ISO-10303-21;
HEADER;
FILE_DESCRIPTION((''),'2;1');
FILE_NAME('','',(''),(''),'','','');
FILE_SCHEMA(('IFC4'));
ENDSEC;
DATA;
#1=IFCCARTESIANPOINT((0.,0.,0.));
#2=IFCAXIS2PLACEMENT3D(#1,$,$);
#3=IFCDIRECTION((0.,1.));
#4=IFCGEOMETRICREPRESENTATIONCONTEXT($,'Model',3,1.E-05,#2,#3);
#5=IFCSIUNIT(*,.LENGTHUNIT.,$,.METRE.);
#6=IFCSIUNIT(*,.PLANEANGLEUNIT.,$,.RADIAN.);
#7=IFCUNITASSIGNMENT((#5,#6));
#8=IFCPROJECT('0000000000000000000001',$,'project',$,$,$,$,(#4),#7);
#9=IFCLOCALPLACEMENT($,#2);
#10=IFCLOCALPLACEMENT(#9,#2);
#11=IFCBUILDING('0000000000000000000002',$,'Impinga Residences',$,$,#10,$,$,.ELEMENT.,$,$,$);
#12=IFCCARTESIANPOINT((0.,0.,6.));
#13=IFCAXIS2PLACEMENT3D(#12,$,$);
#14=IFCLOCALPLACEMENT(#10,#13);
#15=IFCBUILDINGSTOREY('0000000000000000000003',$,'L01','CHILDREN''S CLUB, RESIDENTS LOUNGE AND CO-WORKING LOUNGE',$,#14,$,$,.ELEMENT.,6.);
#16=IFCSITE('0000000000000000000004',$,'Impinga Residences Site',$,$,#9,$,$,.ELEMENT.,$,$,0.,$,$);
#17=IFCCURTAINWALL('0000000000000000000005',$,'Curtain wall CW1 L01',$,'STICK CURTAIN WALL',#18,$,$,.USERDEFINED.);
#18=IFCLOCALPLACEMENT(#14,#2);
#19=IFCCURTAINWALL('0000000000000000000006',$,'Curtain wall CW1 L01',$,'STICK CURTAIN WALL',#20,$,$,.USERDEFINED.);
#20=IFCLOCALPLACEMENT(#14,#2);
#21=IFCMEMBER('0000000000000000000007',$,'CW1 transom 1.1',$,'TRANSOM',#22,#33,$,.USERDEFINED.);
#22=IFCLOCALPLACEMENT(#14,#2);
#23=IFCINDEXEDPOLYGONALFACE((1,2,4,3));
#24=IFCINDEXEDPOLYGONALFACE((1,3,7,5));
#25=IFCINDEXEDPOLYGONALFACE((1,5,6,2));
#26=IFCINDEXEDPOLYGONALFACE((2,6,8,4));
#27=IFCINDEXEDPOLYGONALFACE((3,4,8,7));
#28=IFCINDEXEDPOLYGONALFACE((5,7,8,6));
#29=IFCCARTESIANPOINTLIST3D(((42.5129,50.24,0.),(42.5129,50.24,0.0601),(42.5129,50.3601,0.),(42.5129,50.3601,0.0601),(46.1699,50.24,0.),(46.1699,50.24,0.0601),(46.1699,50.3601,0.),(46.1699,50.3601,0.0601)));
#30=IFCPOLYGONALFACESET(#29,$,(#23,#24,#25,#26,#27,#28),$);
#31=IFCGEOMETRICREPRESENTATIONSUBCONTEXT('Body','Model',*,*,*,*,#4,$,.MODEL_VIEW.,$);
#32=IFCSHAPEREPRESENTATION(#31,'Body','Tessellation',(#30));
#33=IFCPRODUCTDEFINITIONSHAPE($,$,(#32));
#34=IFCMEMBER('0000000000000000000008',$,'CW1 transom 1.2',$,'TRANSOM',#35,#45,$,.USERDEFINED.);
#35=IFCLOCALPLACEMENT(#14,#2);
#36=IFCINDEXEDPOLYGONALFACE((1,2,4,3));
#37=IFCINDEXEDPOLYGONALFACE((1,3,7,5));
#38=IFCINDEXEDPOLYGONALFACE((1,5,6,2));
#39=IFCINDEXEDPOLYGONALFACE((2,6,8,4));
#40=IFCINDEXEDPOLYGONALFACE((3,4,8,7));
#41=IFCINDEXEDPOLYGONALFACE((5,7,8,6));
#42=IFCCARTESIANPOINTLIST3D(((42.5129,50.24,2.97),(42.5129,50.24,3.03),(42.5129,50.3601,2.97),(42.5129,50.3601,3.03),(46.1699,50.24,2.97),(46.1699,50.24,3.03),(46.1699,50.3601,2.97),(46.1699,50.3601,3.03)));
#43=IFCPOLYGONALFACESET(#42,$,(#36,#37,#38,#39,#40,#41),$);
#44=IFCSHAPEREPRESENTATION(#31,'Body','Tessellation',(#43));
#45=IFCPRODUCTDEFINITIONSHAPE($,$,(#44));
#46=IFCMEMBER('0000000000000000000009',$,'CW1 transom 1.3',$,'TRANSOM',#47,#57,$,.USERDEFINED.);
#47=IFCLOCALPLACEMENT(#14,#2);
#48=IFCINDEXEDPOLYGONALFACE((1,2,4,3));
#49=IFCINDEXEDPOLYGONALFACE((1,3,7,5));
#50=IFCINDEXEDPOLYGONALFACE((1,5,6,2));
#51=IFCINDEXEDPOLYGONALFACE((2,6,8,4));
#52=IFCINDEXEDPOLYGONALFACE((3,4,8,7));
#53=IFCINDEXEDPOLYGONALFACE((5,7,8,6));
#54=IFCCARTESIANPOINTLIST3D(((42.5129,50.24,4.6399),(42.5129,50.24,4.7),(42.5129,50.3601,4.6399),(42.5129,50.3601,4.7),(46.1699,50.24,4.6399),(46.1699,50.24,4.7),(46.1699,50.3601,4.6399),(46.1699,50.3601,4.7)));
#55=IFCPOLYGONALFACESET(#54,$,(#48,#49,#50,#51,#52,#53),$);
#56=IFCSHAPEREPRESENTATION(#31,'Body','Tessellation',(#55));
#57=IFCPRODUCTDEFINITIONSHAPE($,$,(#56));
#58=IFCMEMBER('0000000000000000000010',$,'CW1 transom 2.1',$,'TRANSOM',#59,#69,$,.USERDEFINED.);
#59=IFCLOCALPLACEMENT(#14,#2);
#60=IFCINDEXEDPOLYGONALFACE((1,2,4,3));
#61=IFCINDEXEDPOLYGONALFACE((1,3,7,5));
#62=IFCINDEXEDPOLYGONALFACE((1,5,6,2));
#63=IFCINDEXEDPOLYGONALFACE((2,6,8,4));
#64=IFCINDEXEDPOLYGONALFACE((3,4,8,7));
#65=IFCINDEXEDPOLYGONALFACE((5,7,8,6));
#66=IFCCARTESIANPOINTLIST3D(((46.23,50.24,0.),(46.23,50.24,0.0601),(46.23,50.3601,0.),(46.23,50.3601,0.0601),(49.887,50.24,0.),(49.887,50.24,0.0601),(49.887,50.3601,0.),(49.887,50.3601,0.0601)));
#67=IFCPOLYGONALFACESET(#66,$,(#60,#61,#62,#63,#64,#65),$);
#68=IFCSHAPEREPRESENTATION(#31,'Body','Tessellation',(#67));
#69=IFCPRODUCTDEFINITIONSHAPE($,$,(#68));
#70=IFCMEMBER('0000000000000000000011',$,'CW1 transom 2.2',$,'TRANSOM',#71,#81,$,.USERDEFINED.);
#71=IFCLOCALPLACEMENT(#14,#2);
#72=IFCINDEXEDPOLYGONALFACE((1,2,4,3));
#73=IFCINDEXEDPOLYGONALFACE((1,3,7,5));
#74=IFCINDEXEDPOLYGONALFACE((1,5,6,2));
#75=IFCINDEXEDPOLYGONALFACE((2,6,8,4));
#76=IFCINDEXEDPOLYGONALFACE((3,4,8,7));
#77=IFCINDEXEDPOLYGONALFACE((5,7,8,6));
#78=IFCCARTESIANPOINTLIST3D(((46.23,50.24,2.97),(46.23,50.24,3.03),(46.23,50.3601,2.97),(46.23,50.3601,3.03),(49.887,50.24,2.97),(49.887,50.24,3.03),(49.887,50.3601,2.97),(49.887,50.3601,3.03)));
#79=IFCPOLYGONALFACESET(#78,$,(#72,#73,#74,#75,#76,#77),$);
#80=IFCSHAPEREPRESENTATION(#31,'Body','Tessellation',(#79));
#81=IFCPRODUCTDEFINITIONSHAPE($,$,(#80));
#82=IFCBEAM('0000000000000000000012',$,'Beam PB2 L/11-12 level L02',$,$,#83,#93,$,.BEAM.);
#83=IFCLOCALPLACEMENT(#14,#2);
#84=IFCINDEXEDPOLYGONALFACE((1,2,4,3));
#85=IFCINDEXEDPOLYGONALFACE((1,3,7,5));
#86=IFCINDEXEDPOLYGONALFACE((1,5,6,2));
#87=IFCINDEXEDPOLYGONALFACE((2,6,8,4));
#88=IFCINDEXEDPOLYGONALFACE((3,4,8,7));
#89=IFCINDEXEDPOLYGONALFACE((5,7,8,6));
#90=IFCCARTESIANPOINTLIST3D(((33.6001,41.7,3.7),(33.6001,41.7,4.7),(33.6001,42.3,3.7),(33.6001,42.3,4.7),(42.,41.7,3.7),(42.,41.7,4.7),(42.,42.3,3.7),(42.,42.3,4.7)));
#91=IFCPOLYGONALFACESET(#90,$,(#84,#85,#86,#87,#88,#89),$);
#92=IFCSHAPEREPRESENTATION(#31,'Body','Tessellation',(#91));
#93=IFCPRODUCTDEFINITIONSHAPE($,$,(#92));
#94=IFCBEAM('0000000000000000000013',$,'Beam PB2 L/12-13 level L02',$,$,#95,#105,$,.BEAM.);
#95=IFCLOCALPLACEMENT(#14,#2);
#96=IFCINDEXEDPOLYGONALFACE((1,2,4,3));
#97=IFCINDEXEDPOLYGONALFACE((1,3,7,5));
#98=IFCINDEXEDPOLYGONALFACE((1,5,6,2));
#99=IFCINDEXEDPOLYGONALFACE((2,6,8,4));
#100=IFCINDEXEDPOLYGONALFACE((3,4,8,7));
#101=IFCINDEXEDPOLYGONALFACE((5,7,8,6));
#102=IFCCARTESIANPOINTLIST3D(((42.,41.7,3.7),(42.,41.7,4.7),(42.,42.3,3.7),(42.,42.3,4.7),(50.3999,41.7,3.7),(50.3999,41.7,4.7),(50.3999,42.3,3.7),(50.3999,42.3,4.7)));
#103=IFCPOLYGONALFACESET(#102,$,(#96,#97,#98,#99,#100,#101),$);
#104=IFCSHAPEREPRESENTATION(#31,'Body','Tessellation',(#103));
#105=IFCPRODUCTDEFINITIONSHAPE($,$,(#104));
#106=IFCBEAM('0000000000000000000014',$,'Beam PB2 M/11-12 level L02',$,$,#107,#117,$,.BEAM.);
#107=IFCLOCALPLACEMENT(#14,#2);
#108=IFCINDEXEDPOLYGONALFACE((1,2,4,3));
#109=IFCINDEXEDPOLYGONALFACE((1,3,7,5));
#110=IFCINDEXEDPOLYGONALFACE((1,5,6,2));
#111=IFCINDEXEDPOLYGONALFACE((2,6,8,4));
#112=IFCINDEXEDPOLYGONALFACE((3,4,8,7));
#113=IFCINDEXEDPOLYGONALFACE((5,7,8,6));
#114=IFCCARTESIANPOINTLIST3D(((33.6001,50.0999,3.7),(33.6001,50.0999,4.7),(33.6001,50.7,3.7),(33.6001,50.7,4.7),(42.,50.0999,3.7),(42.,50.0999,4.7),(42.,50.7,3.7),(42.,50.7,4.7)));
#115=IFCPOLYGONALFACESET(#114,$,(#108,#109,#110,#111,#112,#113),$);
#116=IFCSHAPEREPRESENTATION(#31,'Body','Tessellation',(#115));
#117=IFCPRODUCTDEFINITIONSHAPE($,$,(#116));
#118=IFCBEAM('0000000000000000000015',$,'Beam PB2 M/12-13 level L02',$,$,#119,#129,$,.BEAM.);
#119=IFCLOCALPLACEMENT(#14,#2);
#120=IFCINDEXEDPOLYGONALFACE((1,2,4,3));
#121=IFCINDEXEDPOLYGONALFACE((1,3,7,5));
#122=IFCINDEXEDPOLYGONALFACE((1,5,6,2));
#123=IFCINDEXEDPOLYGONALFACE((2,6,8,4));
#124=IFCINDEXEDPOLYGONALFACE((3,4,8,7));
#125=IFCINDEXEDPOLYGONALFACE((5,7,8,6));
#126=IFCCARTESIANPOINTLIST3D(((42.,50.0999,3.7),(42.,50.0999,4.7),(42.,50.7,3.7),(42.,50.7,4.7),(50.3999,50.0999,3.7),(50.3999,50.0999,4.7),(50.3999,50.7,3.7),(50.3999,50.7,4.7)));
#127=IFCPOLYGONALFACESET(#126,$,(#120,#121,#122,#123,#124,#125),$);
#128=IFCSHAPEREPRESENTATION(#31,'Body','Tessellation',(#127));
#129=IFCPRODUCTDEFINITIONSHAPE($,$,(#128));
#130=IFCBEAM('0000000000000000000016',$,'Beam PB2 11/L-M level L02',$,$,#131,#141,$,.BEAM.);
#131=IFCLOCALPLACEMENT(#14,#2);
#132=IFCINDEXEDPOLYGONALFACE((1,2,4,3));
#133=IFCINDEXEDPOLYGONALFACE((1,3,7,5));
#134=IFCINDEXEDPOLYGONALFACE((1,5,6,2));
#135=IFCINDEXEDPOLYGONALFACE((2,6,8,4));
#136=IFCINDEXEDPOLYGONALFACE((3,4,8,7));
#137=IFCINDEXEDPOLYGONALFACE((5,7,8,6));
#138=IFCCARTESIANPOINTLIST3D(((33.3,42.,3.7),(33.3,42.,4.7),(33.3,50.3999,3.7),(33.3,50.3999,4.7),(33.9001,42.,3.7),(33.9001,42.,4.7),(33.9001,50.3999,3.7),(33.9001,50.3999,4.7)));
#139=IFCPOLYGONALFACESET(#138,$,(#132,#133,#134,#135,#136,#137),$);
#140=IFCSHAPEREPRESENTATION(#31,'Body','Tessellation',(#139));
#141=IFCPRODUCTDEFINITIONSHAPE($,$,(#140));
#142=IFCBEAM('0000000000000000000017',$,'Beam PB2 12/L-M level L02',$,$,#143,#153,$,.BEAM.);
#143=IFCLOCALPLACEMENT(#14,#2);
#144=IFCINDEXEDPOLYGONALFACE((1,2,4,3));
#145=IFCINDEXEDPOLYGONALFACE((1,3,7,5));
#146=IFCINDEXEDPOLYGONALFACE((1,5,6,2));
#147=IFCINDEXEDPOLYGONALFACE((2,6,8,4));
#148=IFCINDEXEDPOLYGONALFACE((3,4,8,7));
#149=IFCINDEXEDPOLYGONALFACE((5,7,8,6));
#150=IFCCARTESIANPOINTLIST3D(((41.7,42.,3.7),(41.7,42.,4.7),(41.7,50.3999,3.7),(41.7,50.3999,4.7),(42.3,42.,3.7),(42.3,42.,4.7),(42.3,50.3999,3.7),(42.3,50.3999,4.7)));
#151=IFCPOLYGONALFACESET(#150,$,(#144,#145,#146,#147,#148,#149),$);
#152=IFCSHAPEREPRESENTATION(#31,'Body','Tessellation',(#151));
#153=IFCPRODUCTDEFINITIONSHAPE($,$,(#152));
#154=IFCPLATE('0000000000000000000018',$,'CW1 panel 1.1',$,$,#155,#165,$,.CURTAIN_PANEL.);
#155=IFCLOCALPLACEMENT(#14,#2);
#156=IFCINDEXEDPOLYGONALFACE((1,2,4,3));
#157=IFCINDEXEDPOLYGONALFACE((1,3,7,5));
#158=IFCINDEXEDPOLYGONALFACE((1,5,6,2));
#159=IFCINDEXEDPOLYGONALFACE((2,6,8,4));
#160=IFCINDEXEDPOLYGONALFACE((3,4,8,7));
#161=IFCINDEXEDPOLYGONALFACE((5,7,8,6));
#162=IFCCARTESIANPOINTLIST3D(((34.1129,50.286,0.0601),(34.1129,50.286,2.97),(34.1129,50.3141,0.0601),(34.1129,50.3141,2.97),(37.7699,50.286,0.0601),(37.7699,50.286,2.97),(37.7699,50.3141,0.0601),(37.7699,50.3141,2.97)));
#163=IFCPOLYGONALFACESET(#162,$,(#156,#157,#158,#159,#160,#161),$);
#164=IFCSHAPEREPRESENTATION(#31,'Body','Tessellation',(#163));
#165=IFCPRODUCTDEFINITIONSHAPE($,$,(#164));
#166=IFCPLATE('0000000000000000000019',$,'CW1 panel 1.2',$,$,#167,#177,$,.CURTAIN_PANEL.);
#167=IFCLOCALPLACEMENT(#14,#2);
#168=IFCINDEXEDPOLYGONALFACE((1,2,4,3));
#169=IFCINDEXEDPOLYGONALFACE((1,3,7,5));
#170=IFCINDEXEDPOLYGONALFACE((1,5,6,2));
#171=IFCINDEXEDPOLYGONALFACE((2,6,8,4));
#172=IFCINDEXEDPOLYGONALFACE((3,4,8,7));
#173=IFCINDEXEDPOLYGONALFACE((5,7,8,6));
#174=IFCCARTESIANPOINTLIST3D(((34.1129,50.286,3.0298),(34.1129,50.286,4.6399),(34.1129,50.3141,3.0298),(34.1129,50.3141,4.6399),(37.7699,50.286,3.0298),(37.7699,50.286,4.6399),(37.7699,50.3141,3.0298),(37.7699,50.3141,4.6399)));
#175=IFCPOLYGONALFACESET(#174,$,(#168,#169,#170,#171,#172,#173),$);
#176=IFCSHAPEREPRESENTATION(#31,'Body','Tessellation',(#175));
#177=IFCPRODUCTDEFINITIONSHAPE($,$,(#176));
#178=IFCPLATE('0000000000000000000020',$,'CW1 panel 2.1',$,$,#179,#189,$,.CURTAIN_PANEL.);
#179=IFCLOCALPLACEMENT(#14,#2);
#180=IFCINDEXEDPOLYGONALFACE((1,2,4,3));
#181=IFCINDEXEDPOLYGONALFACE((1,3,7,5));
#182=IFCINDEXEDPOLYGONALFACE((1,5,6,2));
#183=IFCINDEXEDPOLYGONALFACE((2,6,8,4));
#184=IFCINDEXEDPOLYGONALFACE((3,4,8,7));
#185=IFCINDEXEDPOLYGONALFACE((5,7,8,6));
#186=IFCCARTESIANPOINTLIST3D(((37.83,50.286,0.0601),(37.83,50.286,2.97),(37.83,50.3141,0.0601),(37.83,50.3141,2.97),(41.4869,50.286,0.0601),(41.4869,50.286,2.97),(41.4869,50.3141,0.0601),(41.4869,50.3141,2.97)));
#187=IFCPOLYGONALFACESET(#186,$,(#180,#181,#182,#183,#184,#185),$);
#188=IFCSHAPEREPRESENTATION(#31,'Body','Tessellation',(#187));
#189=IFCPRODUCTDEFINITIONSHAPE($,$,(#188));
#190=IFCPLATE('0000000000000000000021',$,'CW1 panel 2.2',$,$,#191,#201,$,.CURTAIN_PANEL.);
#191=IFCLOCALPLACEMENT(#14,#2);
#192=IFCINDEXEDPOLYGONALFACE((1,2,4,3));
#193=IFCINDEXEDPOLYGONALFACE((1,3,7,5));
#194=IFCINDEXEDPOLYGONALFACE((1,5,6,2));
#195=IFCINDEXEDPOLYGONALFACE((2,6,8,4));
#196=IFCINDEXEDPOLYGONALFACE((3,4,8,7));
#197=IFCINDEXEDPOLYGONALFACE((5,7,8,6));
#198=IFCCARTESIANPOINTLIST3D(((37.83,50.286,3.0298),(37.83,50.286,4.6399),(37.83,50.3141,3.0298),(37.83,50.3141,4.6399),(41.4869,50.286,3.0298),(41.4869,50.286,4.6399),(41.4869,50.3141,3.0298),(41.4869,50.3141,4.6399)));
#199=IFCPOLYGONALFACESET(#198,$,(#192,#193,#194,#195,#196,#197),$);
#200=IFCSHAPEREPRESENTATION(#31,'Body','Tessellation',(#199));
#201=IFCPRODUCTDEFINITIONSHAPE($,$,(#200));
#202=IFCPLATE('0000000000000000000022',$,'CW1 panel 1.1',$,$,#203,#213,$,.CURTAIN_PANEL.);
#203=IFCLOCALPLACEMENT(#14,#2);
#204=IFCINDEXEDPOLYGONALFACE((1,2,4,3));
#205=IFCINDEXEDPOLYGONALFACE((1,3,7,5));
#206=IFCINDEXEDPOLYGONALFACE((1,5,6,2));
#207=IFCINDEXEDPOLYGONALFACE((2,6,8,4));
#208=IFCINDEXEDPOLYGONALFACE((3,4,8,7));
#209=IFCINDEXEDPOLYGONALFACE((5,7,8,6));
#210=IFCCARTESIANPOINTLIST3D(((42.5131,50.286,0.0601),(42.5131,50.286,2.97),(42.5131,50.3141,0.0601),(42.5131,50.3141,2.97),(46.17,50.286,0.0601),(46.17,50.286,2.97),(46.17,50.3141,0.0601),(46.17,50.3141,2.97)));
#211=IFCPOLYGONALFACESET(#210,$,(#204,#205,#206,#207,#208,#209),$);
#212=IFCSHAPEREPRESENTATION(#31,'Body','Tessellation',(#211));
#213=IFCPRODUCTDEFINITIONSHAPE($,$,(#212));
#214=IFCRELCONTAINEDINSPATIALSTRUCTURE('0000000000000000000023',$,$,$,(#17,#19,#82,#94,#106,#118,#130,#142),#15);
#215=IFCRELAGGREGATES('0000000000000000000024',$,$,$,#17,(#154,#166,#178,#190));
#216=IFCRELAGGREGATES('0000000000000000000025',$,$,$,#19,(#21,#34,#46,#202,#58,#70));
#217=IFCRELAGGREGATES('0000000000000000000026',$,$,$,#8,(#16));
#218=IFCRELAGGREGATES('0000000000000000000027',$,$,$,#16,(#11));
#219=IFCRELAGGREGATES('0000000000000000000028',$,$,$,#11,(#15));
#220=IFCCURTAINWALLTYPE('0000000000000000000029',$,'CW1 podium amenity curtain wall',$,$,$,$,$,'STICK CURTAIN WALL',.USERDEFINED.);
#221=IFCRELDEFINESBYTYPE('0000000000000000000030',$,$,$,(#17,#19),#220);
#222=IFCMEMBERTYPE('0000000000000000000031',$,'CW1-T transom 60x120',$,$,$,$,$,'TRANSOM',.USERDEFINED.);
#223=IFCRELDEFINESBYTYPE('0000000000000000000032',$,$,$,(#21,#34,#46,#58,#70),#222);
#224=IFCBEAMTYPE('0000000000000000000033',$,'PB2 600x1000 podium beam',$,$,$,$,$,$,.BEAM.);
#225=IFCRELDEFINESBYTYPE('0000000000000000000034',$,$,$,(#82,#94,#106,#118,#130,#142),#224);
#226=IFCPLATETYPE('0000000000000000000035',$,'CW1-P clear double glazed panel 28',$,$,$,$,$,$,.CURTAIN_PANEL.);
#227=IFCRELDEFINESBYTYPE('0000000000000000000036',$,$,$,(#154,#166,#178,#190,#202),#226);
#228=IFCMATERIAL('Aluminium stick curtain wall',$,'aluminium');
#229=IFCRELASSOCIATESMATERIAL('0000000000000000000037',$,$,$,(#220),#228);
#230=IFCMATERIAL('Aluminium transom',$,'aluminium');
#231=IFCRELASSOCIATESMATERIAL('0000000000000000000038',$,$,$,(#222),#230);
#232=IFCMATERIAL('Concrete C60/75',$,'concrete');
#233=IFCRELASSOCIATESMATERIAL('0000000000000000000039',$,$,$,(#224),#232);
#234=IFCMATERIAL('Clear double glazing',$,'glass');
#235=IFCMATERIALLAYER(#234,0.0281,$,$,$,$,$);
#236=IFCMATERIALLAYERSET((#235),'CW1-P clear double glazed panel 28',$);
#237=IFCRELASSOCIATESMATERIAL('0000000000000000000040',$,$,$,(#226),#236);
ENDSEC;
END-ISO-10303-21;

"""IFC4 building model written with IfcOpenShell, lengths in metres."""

from ifc_helpers import new_model, si_unit, direction, frame, origin, origin_2d, place, context, subcontext, project, spatial, rectangle, extrude, material, layer, layer_set, material_profile, profile_set, type_object, element, aggregate, save


model = new_model("IFC4")

# Units and contexts
model_context = context("Model", 3, precision=1e-05, world=origin(), true_north=direction((0.0, 1.0)))
body_context = subcontext(model_context, "Body", "Model", "MODEL_VIEW")
ifc_project = project(units=[si_unit("LENGTHUNIT", "METRE"), si_unit("PLANEANGLEUNIT", "RADIAN")], contexts=[model_context])

# Site, building, storey
site_placement = place(None, origin())
site = spatial("IfcSite", under=ifc_project, at=site_placement, Name="Impinga Residences Site", CompositionType="ELEMENT", RefElevation=0.0)
building_placement = place(site_placement, origin())
building = spatial("IfcBuilding", under=site, at=building_placement, Name="Impinga Residences", CompositionType="ELEMENT")
storey_placement = place(building_placement, frame((0.0, 0.0, 6.0)))
storey = spatial("IfcBuildingStorey", under=building, at=storey_placement, Name="L01", Description="CHILDREN'S CLUB, RESIDENTS LOUNGE AND CO-WORKING LOUNGE", CompositionType="ELEMENT", Elevation=6.0)

# Curtain walls
ifc_material_1 = material(Name="Aluminium stick curtain wall", Category="aluminium")
curtain_wall_type = type_object("IfcCurtainWallType", Name="CW1 podium amenity curtain wall", ElementType="STICK CURTAIN WALL", PredefinedType="USERDEFINED", material=ifc_material_1)
curtain_wall_1_placement = place(storey_placement, origin())
curtain_wall_1 = element("IfcCurtainWall", 1, at=curtain_wall_1_placement, inside=storey, type_object=curtain_wall_type, Name="Curtain wall CW1 L01", ObjectType="STICK CURTAIN WALL", PredefinedType="USERDEFINED")
curtain_wall_2_placement = place(storey_placement, origin())
curtain_wall_2 = element("IfcCurtainWall", 2, at=curtain_wall_2_placement, inside=storey, type_object=curtain_wall_type, Name="Curtain wall CW1 L01", ObjectType="STICK CURTAIN WALL", PredefinedType="USERDEFINED")

# Members
ifc_material_2 = material(Name="Aluminium transom", Category="aluminium")
ifc_material_profile_1 = material_profile(ifc_material_2, rectangle(XDim=0.0601, YDim=0.1201, at=origin_2d()), Name="60x120 transom")
ifc_profile_set_1 = profile_set([ifc_material_profile_1], Name="Aluminium transom")
member_type_1 = type_object("IfcMemberType", Name="CW1-T transom 60x120", ElementType="TRANSOM", PredefinedType="USERDEFINED", material=ifc_profile_set_1)
member_1_placement = place(storey_placement, frame((42.5129, 50.3, 0.03), z_axis=(1.0, 0.0, 0.0), x_axis=(0.0, 0.0, 1.0)))
member_1 = element("IfcMember", 3, at=member_1_placement, type_object=member_type_1, Name="CW1 transom 1.1", ObjectType="TRANSOM", PredefinedType="USERDEFINED", context=body_context, shape_type="SweptSolid", body=[
    extrude(rectangle(XDim=0.0601, YDim=0.1201, at=origin_2d()), origin(), (0.0, 0.0, 1.0), 3.657),
])
member_2_placement = place(storey_placement, frame((42.5129, 50.3, 3.0), z_axis=(1.0, 0.0, 0.0), x_axis=(0.0, 0.0, 1.0)))
member_2 = element("IfcMember", 4, at=member_2_placement, type_object=member_type_1, Name="CW1 transom 1.2", ObjectType="TRANSOM", PredefinedType="USERDEFINED", context=body_context, shape_type="SweptSolid", body=[
    extrude(rectangle(XDim=0.0601, YDim=0.1201, at=origin_2d()), origin(), (0.0, 0.0, 1.0), 3.657),
])
member_3_placement = place(storey_placement, frame((42.5129, 50.3, 4.6699), z_axis=(1.0, 0.0, 0.0), x_axis=(0.0, 0.0, 1.0)))
member_3 = element("IfcMember", 5, at=member_3_placement, type_object=member_type_1, Name="CW1 transom 1.3", ObjectType="TRANSOM", PredefinedType="USERDEFINED", context=body_context, shape_type="SweptSolid", body=[
    extrude(rectangle(XDim=0.0601, YDim=0.1201, at=origin_2d()), origin(), (0.0, 0.0, 1.0), 3.657),
])
member_4_placement = place(storey_placement, frame((46.23, 50.3, 0.03), z_axis=(1.0, 0.0, 0.0), x_axis=(0.0, 0.0, 1.0)))
member_4 = element("IfcMember", 6, at=member_4_placement, type_object=member_type_1, Name="CW1 transom 2.1", ObjectType="TRANSOM", PredefinedType="USERDEFINED", context=body_context, shape_type="SweptSolid", body=[
    extrude(rectangle(XDim=0.0601, YDim=0.1201, at=origin_2d()), origin(), (0.0, 0.0, 1.0), 3.657),
])
member_5_placement = place(storey_placement, frame((46.23, 50.3, 3.0), z_axis=(1.0, 0.0, 0.0), x_axis=(0.0, 0.0, 1.0)))
member_5 = element("IfcMember", 7, at=member_5_placement, type_object=member_type_1, Name="CW1 transom 2.2", ObjectType="TRANSOM", PredefinedType="USERDEFINED", context=body_context, shape_type="SweptSolid", body=[
    extrude(rectangle(XDim=0.0601, YDim=0.1201, at=origin_2d()), origin(), (0.0, 0.0, 1.0), 3.657),
])

# Beams
ifc_material_3 = material(Name="Concrete C60/75", Category="concrete")
ifc_material_profile_2 = material_profile(ifc_material_3, rectangle(XDim=0.6001, YDim=1.0, at=origin_2d()), Name="RC 600x1000")
ifc_profile_set_2 = profile_set([ifc_material_profile_2], Name="Concrete C60/75")
beam_type = type_object("IfcBeamType", Name="PB2 600x1000 podium beam", PredefinedType="BEAM", material=ifc_profile_set_2)
for number, where, z_axis, x_axis, name in (
    (8, (33.6001, 42.0, 4.2), (1.0, 0.0, 0.0), (0.0, 1.0, 0.0), "Beam PB2 L/11-12 level L02"),
    (9, (42.0, 42.0, 4.2), (1.0, 0.0, 0.0), (0.0, 1.0, 0.0), "Beam PB2 L/12-13 level L02"),
    (10, (33.6001, 50.3999, 4.2), (1.0, 0.0, 0.0), (0.0, 1.0, 0.0), "Beam PB2 M/11-12 level L02"),
    (11, (42.0, 50.3999, 4.2), (1.0, 0.0, 0.0), (0.0, 1.0, 0.0), "Beam PB2 M/12-13 level L02"),
    (12, (33.6001, 42.0, 4.2), (0.0, 1.0, 0.0), (-1.0, 0.0, 0.0), "Beam PB2 11/L-M level L02"),
    (13, (42.0, 42.0, 4.2), (0.0, 1.0, 0.0), (-1.0, 0.0, 0.0), "Beam PB2 12/L-M level L02"),
):
    element("IfcBeam", number, at=place(storey_placement, frame(where, z_axis=z_axis, x_axis=x_axis)), inside=storey, type_object=beam_type, Name=name, PredefinedType="BEAM", context=body_context, shape_type="SweptSolid", body=[
        extrude(rectangle(XDim=0.6001, YDim=1.0, at=origin_2d()), origin(), (0.0, 0.0, 1.0), 8.3999),
    ])

# Plates
ifc_material_4 = material(Name="Clear double glazing", Category="glass")
ifc_layer = layer(ifc_material_4, 0.0281)
ifc_layer_set = layer_set([ifc_layer], Name="CW1-P clear double glazed panel 28")
plate_type = type_object("IfcPlateType", Name="CW1-P clear double glazed panel 28", PredefinedType="CURTAIN_PANEL", material=ifc_layer_set)
plate_1_placement = place(storey_placement, frame((35.9414, 50.3, 0.0601), z_axis=(0.0, 0.0, 1.0), x_axis=(1.0, 0.0, 0.0)))
plate_1 = element("IfcPlate", 14, at=plate_1_placement, type_object=plate_type, Name="CW1 panel 1.1", PredefinedType="CURTAIN_PANEL", context=body_context, shape_type="SweptSolid", body=[
    extrude(rectangle(XDim=3.657, YDim=0.0281, at=origin_2d()), origin(), (0.0, 0.0, 1.0), 2.9099),
])
plate_2_placement = place(storey_placement, frame((35.9414, 50.3, 3.0298), z_axis=(0.0, 0.0, 1.0), x_axis=(1.0, 0.0, 0.0)))
plate_2 = element("IfcPlate", 15, at=plate_2_placement, type_object=plate_type, Name="CW1 panel 1.2", PredefinedType="CURTAIN_PANEL", context=body_context, shape_type="SweptSolid", body=[
    extrude(rectangle(XDim=3.657, YDim=0.0281, at=origin_2d()), origin(), (0.0, 0.0, 1.0), 1.6101),
])
plate_3_placement = place(storey_placement, frame((39.6584, 50.3, 0.0601), z_axis=(0.0, 0.0, 1.0), x_axis=(1.0, 0.0, 0.0)))
plate_3 = element("IfcPlate", 16, at=plate_3_placement, type_object=plate_type, Name="CW1 panel 2.1", PredefinedType="CURTAIN_PANEL", context=body_context, shape_type="SweptSolid", body=[
    extrude(rectangle(XDim=3.657, YDim=0.0281, at=origin_2d()), origin(), (0.0, 0.0, 1.0), 2.9099),
])
plate_4_placement = place(storey_placement, frame((39.6584, 50.3, 3.0298), z_axis=(0.0, 0.0, 1.0), x_axis=(1.0, 0.0, 0.0)))
plate_4 = element("IfcPlate", 17, at=plate_4_placement, type_object=plate_type, Name="CW1 panel 2.2", PredefinedType="CURTAIN_PANEL", context=body_context, shape_type="SweptSolid", body=[
    extrude(rectangle(XDim=3.657, YDim=0.0281, at=origin_2d()), origin(), (0.0, 0.0, 1.0), 1.6101),
])
aggregate(curtain_wall_1, [plate_1, plate_2, plate_3, plate_4])
plate_5_placement = place(storey_placement, frame((44.3416, 50.3, 0.0601), z_axis=(0.0, 0.0, 1.0), x_axis=(1.0, 0.0, 0.0)))
plate_5 = element("IfcPlate", 18, at=plate_5_placement, type_object=plate_type, Name="CW1 panel 1.1", PredefinedType="CURTAIN_PANEL", context=body_context, shape_type="SweptSolid", body=[
    extrude(rectangle(XDim=3.657, YDim=0.0281, at=origin_2d()), origin(), (0.0, 0.0, 1.0), 2.9099),
])
aggregate(curtain_wall_2, [member_1, member_2, member_3, plate_5, member_4, member_5])

save(model, "model.ifc")
